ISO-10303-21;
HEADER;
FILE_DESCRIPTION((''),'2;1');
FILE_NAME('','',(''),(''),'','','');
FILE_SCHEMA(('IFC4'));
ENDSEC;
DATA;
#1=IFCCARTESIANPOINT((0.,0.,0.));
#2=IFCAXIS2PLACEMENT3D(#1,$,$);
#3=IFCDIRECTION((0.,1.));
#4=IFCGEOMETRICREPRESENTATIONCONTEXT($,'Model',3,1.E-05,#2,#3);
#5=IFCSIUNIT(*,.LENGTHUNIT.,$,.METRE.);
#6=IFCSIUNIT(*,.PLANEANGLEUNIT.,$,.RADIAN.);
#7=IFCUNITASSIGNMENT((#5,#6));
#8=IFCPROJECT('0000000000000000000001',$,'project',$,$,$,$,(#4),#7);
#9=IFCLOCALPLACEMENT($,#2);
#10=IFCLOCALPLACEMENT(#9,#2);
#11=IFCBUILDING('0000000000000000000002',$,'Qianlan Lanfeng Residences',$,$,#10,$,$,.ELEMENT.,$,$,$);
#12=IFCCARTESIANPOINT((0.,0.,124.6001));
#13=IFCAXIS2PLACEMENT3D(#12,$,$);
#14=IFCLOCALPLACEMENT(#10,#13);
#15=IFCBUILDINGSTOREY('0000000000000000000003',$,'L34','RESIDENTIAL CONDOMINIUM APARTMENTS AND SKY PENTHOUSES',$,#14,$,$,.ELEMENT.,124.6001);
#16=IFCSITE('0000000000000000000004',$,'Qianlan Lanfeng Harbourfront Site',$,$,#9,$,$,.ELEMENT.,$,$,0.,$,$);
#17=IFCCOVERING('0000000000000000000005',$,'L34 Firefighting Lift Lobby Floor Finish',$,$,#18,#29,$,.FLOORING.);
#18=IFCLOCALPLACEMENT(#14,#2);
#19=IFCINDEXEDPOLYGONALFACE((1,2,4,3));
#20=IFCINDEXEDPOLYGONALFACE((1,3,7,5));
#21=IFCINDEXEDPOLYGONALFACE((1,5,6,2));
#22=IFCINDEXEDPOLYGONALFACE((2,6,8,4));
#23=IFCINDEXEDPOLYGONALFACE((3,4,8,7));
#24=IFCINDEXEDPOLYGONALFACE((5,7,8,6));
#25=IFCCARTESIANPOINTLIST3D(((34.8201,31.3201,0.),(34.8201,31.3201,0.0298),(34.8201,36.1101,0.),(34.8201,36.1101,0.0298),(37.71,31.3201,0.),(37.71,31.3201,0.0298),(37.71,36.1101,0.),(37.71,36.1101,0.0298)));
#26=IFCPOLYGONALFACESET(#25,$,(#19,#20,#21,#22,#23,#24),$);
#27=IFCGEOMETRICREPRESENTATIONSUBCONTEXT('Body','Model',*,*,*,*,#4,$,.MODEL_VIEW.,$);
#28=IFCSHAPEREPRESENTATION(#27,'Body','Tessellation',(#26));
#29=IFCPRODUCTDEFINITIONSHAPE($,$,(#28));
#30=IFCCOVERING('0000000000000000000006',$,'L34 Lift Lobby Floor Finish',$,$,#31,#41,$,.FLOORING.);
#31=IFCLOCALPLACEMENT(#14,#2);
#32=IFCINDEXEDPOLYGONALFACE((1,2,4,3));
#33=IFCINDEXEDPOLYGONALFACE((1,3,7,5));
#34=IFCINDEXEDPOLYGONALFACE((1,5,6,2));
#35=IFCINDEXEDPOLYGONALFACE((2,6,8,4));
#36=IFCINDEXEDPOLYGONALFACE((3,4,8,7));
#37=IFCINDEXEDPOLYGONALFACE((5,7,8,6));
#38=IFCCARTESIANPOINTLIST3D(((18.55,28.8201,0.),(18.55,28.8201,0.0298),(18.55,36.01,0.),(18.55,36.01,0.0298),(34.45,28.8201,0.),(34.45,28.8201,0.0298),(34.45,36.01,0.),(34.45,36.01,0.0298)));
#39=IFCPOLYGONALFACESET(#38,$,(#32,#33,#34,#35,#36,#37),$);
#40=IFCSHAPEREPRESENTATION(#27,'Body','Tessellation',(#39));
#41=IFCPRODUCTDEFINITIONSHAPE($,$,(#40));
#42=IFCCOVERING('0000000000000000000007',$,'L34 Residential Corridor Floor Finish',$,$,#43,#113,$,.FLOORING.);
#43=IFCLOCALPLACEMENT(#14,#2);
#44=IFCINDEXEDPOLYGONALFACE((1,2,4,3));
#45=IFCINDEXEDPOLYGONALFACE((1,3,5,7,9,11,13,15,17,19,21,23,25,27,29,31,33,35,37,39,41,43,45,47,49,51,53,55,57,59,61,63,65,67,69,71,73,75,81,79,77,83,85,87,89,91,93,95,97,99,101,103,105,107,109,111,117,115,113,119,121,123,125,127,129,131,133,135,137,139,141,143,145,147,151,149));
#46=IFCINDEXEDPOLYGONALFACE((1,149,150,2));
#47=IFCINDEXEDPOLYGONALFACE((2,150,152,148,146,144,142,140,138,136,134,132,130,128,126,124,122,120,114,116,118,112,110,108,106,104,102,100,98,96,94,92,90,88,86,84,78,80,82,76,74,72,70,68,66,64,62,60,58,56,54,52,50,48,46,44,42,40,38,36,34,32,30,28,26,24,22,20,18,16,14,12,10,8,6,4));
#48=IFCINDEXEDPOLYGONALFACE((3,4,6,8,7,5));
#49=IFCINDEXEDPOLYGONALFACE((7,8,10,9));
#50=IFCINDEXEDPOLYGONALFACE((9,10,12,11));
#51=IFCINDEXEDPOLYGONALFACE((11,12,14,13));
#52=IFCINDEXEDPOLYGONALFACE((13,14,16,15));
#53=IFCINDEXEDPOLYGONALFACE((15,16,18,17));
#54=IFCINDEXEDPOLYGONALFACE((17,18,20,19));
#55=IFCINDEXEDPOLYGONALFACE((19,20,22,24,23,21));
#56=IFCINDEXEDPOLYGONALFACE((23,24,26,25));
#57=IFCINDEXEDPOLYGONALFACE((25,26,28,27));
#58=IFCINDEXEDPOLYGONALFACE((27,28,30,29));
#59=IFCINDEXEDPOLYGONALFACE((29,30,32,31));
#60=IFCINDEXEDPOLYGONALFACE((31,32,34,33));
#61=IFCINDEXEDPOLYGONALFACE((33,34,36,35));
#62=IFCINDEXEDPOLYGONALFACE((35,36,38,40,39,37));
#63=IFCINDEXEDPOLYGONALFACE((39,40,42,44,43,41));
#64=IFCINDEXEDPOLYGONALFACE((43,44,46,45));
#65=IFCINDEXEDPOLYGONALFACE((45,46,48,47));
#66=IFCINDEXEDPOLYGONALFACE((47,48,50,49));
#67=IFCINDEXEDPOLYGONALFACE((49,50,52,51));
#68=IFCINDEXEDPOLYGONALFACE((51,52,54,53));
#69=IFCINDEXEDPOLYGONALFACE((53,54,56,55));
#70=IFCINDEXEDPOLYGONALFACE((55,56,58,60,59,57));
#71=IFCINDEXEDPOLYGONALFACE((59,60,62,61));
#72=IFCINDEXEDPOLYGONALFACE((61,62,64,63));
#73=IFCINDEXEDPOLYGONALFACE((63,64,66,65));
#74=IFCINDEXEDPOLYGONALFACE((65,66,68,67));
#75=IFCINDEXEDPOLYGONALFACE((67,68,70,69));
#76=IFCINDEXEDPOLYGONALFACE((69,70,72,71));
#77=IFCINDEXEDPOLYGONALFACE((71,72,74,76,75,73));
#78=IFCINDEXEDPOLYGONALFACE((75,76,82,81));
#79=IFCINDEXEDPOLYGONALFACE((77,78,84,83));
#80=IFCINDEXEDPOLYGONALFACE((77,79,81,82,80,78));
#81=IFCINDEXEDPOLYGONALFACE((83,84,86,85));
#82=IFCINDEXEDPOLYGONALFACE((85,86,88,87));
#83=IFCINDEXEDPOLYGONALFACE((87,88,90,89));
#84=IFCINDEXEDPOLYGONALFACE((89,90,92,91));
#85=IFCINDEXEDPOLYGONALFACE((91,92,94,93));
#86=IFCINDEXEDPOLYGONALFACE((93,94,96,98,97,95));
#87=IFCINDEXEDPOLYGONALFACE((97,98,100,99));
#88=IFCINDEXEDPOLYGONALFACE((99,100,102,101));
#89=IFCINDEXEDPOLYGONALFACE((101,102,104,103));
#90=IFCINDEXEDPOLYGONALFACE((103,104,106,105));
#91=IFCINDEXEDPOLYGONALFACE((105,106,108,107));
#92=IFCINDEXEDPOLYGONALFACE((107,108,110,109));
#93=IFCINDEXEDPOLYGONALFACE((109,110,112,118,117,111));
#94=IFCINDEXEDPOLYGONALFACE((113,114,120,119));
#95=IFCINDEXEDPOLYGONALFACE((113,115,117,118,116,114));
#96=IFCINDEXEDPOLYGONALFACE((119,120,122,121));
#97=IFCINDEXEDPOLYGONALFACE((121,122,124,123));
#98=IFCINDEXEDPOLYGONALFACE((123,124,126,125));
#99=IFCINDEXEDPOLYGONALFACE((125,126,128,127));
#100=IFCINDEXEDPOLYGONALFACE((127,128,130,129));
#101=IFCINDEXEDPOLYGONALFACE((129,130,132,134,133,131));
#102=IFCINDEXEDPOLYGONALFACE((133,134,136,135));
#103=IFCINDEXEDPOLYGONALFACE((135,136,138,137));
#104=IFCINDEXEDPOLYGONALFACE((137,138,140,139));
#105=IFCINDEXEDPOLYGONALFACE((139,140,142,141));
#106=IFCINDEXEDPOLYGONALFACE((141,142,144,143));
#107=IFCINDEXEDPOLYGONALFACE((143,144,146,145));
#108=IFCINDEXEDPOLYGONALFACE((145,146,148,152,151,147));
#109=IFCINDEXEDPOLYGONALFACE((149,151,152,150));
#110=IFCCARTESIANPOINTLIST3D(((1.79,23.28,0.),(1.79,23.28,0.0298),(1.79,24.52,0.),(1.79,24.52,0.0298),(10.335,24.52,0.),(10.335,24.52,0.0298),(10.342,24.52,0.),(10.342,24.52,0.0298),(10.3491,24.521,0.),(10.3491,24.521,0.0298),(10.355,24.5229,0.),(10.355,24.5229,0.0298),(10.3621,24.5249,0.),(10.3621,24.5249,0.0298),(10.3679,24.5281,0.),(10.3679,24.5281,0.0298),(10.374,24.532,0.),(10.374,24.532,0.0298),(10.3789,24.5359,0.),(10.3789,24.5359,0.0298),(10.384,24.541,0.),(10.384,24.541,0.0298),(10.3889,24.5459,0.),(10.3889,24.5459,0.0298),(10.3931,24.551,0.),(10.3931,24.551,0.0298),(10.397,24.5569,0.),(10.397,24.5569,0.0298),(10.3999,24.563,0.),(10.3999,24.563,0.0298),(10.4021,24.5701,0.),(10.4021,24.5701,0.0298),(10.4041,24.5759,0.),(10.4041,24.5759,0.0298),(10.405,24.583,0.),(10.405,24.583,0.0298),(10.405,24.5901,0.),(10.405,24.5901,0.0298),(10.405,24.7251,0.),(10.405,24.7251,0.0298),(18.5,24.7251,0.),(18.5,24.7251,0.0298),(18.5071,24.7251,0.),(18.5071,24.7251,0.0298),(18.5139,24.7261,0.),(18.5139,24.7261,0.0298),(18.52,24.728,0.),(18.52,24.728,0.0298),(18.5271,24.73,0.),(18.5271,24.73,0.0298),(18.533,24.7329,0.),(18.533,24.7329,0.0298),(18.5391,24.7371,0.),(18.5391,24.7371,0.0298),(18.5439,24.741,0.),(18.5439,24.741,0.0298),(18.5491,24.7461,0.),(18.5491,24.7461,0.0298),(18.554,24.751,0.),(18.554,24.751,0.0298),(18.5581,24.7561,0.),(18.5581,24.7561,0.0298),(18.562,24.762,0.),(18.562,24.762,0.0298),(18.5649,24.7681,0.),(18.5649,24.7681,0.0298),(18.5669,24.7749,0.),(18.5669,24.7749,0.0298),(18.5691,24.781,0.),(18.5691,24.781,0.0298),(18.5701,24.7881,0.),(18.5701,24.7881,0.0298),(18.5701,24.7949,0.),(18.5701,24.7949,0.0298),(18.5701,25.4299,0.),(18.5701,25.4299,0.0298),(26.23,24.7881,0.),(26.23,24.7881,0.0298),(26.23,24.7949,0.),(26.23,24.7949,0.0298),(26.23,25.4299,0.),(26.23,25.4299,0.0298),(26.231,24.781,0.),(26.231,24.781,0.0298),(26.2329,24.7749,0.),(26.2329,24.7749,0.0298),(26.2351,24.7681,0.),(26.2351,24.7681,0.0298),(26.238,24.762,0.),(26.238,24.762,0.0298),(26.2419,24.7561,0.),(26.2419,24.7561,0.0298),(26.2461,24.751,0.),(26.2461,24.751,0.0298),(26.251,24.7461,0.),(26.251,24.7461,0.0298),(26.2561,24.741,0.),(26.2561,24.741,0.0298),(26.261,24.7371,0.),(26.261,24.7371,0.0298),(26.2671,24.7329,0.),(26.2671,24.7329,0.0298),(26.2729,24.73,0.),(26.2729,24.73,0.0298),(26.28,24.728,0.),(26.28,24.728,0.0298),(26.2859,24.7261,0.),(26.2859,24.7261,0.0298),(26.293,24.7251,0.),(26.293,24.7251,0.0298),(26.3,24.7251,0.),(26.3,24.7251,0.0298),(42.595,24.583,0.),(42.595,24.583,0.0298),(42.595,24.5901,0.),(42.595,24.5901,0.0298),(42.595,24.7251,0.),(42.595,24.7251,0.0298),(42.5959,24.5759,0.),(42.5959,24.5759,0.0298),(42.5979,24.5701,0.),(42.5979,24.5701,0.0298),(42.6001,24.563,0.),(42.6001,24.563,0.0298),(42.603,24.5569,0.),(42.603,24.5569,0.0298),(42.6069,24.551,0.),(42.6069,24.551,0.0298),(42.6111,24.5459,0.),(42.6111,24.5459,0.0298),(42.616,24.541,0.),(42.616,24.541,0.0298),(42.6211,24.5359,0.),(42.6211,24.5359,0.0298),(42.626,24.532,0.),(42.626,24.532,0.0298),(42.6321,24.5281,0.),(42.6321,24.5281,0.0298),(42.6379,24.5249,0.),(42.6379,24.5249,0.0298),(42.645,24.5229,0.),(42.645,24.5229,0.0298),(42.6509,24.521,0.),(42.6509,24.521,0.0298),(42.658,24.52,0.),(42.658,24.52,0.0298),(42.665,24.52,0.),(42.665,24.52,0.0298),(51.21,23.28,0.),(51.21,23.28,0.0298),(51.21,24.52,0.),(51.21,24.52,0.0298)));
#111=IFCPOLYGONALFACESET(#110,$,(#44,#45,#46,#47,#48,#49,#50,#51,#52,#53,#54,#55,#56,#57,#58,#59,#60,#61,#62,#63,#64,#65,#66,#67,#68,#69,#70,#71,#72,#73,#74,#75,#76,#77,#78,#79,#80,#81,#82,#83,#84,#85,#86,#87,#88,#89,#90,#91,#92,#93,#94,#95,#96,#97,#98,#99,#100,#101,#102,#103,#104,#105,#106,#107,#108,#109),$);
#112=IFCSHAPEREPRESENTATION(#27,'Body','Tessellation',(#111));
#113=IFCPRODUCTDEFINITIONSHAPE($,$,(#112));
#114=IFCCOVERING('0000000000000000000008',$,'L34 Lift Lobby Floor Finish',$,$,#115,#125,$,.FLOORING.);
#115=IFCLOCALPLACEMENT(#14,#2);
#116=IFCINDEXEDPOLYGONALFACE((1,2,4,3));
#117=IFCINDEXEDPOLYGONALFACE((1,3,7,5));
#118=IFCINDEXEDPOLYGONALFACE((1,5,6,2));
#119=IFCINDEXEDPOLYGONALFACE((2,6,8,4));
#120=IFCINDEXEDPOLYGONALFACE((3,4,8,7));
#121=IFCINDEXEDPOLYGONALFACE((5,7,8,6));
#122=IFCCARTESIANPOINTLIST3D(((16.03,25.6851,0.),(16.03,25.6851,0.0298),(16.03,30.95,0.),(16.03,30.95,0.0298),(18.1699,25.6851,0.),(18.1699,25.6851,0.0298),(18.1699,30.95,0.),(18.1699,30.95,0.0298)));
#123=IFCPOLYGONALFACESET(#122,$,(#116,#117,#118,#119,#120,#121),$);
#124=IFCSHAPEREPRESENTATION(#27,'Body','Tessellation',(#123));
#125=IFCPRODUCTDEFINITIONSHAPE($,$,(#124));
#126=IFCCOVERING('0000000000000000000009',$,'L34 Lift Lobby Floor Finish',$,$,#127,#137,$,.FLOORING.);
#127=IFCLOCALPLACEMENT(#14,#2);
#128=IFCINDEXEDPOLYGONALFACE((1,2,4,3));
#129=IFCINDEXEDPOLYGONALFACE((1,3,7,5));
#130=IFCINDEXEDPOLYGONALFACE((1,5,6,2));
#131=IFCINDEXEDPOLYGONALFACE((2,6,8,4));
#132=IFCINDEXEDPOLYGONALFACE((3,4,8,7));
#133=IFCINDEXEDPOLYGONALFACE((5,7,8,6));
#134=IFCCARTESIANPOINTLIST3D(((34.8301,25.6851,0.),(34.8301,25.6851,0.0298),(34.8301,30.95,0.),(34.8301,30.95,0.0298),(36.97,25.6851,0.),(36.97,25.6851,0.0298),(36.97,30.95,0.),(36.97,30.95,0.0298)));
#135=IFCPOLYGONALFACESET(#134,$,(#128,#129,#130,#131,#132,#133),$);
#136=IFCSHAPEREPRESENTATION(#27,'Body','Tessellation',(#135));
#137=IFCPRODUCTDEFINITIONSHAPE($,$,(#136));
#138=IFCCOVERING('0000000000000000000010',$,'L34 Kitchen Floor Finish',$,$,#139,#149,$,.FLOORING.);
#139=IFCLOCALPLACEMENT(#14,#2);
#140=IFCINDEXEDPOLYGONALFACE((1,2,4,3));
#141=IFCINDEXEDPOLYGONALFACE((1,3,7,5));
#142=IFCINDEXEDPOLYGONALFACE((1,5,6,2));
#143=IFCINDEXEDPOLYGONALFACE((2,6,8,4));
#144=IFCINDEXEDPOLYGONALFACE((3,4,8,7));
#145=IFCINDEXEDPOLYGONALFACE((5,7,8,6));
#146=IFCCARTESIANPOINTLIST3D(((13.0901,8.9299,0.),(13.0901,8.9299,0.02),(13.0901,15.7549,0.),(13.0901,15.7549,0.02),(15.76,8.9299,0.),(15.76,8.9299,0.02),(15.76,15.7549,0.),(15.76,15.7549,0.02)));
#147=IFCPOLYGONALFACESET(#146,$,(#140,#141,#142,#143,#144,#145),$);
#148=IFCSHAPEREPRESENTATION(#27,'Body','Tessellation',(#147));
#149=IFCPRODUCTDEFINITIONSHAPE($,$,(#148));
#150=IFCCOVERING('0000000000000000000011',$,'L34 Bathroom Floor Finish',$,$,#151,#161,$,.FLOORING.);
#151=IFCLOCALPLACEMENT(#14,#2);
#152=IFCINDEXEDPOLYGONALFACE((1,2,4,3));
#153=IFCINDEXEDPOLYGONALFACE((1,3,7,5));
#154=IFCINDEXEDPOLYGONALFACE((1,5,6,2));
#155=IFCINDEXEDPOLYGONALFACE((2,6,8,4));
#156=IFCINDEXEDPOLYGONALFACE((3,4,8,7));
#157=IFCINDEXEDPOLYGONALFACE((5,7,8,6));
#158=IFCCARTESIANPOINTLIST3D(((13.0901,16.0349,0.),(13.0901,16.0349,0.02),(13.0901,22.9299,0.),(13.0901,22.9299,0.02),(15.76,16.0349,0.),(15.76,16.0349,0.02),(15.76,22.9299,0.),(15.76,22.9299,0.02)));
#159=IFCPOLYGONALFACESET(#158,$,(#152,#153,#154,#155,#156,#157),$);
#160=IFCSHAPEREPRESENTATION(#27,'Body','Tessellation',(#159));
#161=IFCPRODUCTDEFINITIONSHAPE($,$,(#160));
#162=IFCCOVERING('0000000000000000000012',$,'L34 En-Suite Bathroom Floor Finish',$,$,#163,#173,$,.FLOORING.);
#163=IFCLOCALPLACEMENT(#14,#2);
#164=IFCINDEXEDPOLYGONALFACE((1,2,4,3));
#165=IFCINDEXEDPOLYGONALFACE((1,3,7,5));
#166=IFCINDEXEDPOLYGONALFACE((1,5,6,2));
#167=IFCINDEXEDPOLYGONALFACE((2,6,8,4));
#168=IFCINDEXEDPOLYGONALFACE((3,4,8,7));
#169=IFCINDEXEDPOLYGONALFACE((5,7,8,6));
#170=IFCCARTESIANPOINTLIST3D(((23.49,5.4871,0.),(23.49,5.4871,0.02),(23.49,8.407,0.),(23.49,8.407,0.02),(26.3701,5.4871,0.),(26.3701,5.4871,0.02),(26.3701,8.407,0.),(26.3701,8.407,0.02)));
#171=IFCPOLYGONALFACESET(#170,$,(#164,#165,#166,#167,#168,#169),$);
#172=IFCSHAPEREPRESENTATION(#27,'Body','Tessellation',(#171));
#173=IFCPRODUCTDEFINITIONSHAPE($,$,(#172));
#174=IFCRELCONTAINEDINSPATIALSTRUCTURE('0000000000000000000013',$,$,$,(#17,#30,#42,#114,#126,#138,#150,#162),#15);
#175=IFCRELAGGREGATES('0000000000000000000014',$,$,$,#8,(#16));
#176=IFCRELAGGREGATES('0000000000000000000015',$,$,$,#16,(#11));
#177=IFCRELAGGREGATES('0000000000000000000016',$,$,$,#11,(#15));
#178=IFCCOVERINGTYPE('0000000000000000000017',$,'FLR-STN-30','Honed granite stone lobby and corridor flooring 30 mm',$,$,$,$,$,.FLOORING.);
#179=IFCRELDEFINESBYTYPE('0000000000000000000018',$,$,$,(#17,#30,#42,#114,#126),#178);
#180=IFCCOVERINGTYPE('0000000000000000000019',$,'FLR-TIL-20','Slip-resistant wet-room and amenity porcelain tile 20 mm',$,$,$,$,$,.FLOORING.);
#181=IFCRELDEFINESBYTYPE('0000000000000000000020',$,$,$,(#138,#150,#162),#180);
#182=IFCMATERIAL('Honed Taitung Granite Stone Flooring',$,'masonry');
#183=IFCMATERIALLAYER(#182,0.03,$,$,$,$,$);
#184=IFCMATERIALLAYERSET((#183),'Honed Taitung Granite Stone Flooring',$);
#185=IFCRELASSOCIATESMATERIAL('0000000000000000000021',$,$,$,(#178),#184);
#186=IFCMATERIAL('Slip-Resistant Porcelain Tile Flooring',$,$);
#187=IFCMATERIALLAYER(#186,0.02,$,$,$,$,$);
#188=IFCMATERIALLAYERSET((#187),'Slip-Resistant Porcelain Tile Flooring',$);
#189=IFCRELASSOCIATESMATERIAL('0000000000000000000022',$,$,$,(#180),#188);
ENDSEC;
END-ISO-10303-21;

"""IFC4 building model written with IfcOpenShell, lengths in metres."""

from ifc_helpers import new_model, si_unit, direction, frame, origin, place, context, subcontext, project, spatial, polyline, outline, extrude, material, layer, layer_set, type_object, element, save


model = new_model("IFC4")

# Units and contexts
model_context = context("Model", 3, precision=1e-05, world=origin(), true_north=direction((0.0, 1.0)))
body_context = subcontext(model_context, "Body", "Model", "MODEL_VIEW")
ifc_project = project(units=[si_unit("LENGTHUNIT", "METRE"), si_unit("PLANEANGLEUNIT", "RADIAN")], contexts=[model_context])

# Site, building, storey
site_placement = place(None, origin())
site = spatial("IfcSite", under=ifc_project, at=site_placement, Name="Qianlan Lanfeng Harbourfront Site", CompositionType="ELEMENT", RefElevation=0.0)
building_placement = place(site_placement, origin())
building = spatial("IfcBuilding", under=site, at=building_placement, Name="Qianlan Lanfeng Residences", CompositionType="ELEMENT")
storey_placement = place(building_placement, frame((0.0, 0.0, 124.6001)))
storey = spatial("IfcBuildingStorey", under=building, at=storey_placement, Name="L34", Description="RESIDENTIAL CONDOMINIUM APARTMENTS AND SKY PENTHOUSES", CompositionType="ELEMENT", Elevation=124.6001)

# Coverings
ifc_material_1 = material(Name="Honed Taitung Granite Stone Flooring", Category="masonry")
ifc_layer_1 = layer(ifc_material_1, 0.03)
ifc_layer_set_1 = layer_set([ifc_layer_1], Name="Honed Taitung Granite Stone Flooring")
covering_type_1 = type_object("IfcCoveringType", Name="FLR-STN-30", Description="Honed granite stone lobby and corridor flooring 30 mm", PredefinedType="FLOORING", material=ifc_layer_set_1)
covering_1_placement = place(storey_placement, origin())
element("IfcCovering", 1, at=covering_1_placement, inside=storey, type_object=covering_type_1, Name="L34 Firefighting Lift Lobby Floor Finish", PredefinedType="FLOORING", context=body_context, shape_type="SweptSolid", body=[
    extrude(outline(polyline([(34.8201, 31.3201), (37.71, 31.3201), (37.71, 36.1101), (34.8201, 36.1101), (34.8201, 31.3201)])), origin(), (0.0, 0.0, 1.0), 0.0298),
])
covering_2_placement = place(storey_placement, origin())
element("IfcCovering", 2, at=covering_2_placement, inside=storey, type_object=covering_type_1, Name="L34 Lift Lobby Floor Finish", PredefinedType="FLOORING", context=body_context, shape_type="SweptSolid", body=[
    extrude(outline(polyline([(18.55, 28.8201), (34.45, 28.8201), (34.45, 36.01), (18.55, 36.01), (18.55, 28.8201)])), origin(), (0.0, 0.0, 1.0), 0.0298),
])
covering_3_placement = place(storey_placement, origin())
element("IfcCovering", 3, at=covering_3_placement, inside=storey, type_object=covering_type_1, Name="L34 Residential Corridor Floor Finish", PredefinedType="FLOORING", context=body_context, shape_type="SweptSolid", body=[
    extrude(outline(polyline([(1.79, 23.28), (51.21, 23.28), (51.21, 24.52), (42.665, 24.52), (42.658, 24.52), (42.6509, 24.521), (42.645, 24.5229), (42.6379, 24.5249), (42.6321, 24.5281), (42.626, 24.532), (42.6211, 24.5359), (42.616, 24.541), (42.6111, 24.5459), (42.6069, 24.551), (42.603, 24.5569), (42.6001, 24.563), (42.5979, 24.5701), (42.5959, 24.5759), (42.595, 24.583), (42.595, 24.5901), (42.595, 24.7251), (26.3, 24.7251), (26.293, 24.7251), (26.2859, 24.7261), (26.28, 24.728), (26.2729, 24.73), (26.2671, 24.7329), (26.261, 24.7371), (26.2561, 24.741), (26.251, 24.7461), (26.2461, 24.751), (26.2419, 24.7561), (26.238, 24.762), (26.2351, 24.7681), (26.2329, 24.7749), (26.231, 24.781), (26.23, 24.7881), (26.23, 24.7949), (26.23, 25.4299), (18.5701, 25.4299), (18.5701, 24.7949), (18.5701, 24.7881), (18.5691, 24.781), (18.5669, 24.7749), (18.5649, 24.7681), (18.562, 24.762), (18.5581, 24.7561), (18.554, 24.751), (18.5491, 24.7461), (18.5439, 24.741), (18.5391, 24.7371), (18.533, 24.7329), (18.5271, 24.73), (18.52, 24.728), (18.5139, 24.7261), (18.5071, 24.7251), (18.5, 24.7251), (10.405, 24.7251), (10.405, 24.5901), (10.405, 24.583), (10.4041, 24.5759), (10.4021, 24.5701), (10.3999, 24.563), (10.397, 24.5569), (10.3931, 24.551), (10.3889, 24.5459), (10.384, 24.541), (10.3789, 24.5359), (10.374, 24.532), (10.3679, 24.5281), (10.3621, 24.5249), (10.355, 24.5229), (10.3491, 24.521), (10.342, 24.52), (10.335, 24.52), (1.79, 24.52), (1.79, 23.28)])), origin(), (0.0, 0.0, 1.0), 0.0298),
])
covering_4_placement = place(storey_placement, origin())
element("IfcCovering", 4, at=covering_4_placement, inside=storey, type_object=covering_type_1, Name="L34 Lift Lobby Floor Finish", PredefinedType="FLOORING", context=body_context, shape_type="SweptSolid", body=[
    extrude(outline(polyline([(16.03, 25.6851), (18.1699, 25.6851), (18.1699, 30.95), (16.03, 30.95), (16.03, 25.6851)])), origin(), (0.0, 0.0, 1.0), 0.0298),
])
covering_5_placement = place(storey_placement, origin())
element("IfcCovering", 5, at=covering_5_placement, inside=storey, type_object=covering_type_1, Name="L34 Lift Lobby Floor Finish", PredefinedType="FLOORING", context=body_context, shape_type="SweptSolid", body=[
    extrude(outline(polyline([(34.8301, 25.6851), (36.97, 25.6851), (36.97, 30.95), (34.8301, 30.95), (34.8301, 25.6851)])), origin(), (0.0, 0.0, 1.0), 0.0298),
])
ifc_material_2 = material(Name="Slip-Resistant Porcelain Tile Flooring")
ifc_layer_2 = layer(ifc_material_2, 0.02)
ifc_layer_set_2 = layer_set([ifc_layer_2], Name="Slip-Resistant Porcelain Tile Flooring")
covering_type_2 = type_object("IfcCoveringType", Name="FLR-TIL-20", Description="Slip-resistant wet-room and amenity porcelain tile 20 mm", PredefinedType="FLOORING", material=ifc_layer_set_2)
covering_6_placement = place(storey_placement, origin())
element("IfcCovering", 6, at=covering_6_placement, inside=storey, type_object=covering_type_2, Name="L34 Kitchen Floor Finish", PredefinedType="FLOORING", context=body_context, shape_type="SweptSolid", body=[
    extrude(outline(polyline([(13.0901, 8.9299), (15.76, 8.9299), (15.76, 15.7549), (13.0901, 15.7549), (13.0901, 8.9299)])), origin(), (0.0, 0.0, 1.0), 0.02),
])
covering_7_placement = place(storey_placement, origin())
element("IfcCovering", 7, at=covering_7_placement, inside=storey, type_object=covering_type_2, Name="L34 Bathroom Floor Finish", PredefinedType="FLOORING", context=body_context, shape_type="SweptSolid", body=[
    extrude(outline(polyline([(13.0901, 16.0349), (15.76, 16.0349), (15.76, 22.9299), (13.0901, 22.9299), (13.0901, 16.0349)])), origin(), (0.0, 0.0, 1.0), 0.02),
])
covering_8_placement = place(storey_placement, origin())
element("IfcCovering", 8, at=covering_8_placement, inside=storey, type_object=covering_type_2, Name="L34 En-Suite Bathroom Floor Finish", PredefinedType="FLOORING", context=body_context, shape_type="SweptSolid", body=[
    extrude(outline(polyline([(23.49, 5.4871), (26.3701, 5.4871), (26.3701, 8.407), (23.49, 8.407), (23.49, 5.4871)])), origin(), (0.0, 0.0, 1.0), 0.02),
])

save(model, "model.ifc")
